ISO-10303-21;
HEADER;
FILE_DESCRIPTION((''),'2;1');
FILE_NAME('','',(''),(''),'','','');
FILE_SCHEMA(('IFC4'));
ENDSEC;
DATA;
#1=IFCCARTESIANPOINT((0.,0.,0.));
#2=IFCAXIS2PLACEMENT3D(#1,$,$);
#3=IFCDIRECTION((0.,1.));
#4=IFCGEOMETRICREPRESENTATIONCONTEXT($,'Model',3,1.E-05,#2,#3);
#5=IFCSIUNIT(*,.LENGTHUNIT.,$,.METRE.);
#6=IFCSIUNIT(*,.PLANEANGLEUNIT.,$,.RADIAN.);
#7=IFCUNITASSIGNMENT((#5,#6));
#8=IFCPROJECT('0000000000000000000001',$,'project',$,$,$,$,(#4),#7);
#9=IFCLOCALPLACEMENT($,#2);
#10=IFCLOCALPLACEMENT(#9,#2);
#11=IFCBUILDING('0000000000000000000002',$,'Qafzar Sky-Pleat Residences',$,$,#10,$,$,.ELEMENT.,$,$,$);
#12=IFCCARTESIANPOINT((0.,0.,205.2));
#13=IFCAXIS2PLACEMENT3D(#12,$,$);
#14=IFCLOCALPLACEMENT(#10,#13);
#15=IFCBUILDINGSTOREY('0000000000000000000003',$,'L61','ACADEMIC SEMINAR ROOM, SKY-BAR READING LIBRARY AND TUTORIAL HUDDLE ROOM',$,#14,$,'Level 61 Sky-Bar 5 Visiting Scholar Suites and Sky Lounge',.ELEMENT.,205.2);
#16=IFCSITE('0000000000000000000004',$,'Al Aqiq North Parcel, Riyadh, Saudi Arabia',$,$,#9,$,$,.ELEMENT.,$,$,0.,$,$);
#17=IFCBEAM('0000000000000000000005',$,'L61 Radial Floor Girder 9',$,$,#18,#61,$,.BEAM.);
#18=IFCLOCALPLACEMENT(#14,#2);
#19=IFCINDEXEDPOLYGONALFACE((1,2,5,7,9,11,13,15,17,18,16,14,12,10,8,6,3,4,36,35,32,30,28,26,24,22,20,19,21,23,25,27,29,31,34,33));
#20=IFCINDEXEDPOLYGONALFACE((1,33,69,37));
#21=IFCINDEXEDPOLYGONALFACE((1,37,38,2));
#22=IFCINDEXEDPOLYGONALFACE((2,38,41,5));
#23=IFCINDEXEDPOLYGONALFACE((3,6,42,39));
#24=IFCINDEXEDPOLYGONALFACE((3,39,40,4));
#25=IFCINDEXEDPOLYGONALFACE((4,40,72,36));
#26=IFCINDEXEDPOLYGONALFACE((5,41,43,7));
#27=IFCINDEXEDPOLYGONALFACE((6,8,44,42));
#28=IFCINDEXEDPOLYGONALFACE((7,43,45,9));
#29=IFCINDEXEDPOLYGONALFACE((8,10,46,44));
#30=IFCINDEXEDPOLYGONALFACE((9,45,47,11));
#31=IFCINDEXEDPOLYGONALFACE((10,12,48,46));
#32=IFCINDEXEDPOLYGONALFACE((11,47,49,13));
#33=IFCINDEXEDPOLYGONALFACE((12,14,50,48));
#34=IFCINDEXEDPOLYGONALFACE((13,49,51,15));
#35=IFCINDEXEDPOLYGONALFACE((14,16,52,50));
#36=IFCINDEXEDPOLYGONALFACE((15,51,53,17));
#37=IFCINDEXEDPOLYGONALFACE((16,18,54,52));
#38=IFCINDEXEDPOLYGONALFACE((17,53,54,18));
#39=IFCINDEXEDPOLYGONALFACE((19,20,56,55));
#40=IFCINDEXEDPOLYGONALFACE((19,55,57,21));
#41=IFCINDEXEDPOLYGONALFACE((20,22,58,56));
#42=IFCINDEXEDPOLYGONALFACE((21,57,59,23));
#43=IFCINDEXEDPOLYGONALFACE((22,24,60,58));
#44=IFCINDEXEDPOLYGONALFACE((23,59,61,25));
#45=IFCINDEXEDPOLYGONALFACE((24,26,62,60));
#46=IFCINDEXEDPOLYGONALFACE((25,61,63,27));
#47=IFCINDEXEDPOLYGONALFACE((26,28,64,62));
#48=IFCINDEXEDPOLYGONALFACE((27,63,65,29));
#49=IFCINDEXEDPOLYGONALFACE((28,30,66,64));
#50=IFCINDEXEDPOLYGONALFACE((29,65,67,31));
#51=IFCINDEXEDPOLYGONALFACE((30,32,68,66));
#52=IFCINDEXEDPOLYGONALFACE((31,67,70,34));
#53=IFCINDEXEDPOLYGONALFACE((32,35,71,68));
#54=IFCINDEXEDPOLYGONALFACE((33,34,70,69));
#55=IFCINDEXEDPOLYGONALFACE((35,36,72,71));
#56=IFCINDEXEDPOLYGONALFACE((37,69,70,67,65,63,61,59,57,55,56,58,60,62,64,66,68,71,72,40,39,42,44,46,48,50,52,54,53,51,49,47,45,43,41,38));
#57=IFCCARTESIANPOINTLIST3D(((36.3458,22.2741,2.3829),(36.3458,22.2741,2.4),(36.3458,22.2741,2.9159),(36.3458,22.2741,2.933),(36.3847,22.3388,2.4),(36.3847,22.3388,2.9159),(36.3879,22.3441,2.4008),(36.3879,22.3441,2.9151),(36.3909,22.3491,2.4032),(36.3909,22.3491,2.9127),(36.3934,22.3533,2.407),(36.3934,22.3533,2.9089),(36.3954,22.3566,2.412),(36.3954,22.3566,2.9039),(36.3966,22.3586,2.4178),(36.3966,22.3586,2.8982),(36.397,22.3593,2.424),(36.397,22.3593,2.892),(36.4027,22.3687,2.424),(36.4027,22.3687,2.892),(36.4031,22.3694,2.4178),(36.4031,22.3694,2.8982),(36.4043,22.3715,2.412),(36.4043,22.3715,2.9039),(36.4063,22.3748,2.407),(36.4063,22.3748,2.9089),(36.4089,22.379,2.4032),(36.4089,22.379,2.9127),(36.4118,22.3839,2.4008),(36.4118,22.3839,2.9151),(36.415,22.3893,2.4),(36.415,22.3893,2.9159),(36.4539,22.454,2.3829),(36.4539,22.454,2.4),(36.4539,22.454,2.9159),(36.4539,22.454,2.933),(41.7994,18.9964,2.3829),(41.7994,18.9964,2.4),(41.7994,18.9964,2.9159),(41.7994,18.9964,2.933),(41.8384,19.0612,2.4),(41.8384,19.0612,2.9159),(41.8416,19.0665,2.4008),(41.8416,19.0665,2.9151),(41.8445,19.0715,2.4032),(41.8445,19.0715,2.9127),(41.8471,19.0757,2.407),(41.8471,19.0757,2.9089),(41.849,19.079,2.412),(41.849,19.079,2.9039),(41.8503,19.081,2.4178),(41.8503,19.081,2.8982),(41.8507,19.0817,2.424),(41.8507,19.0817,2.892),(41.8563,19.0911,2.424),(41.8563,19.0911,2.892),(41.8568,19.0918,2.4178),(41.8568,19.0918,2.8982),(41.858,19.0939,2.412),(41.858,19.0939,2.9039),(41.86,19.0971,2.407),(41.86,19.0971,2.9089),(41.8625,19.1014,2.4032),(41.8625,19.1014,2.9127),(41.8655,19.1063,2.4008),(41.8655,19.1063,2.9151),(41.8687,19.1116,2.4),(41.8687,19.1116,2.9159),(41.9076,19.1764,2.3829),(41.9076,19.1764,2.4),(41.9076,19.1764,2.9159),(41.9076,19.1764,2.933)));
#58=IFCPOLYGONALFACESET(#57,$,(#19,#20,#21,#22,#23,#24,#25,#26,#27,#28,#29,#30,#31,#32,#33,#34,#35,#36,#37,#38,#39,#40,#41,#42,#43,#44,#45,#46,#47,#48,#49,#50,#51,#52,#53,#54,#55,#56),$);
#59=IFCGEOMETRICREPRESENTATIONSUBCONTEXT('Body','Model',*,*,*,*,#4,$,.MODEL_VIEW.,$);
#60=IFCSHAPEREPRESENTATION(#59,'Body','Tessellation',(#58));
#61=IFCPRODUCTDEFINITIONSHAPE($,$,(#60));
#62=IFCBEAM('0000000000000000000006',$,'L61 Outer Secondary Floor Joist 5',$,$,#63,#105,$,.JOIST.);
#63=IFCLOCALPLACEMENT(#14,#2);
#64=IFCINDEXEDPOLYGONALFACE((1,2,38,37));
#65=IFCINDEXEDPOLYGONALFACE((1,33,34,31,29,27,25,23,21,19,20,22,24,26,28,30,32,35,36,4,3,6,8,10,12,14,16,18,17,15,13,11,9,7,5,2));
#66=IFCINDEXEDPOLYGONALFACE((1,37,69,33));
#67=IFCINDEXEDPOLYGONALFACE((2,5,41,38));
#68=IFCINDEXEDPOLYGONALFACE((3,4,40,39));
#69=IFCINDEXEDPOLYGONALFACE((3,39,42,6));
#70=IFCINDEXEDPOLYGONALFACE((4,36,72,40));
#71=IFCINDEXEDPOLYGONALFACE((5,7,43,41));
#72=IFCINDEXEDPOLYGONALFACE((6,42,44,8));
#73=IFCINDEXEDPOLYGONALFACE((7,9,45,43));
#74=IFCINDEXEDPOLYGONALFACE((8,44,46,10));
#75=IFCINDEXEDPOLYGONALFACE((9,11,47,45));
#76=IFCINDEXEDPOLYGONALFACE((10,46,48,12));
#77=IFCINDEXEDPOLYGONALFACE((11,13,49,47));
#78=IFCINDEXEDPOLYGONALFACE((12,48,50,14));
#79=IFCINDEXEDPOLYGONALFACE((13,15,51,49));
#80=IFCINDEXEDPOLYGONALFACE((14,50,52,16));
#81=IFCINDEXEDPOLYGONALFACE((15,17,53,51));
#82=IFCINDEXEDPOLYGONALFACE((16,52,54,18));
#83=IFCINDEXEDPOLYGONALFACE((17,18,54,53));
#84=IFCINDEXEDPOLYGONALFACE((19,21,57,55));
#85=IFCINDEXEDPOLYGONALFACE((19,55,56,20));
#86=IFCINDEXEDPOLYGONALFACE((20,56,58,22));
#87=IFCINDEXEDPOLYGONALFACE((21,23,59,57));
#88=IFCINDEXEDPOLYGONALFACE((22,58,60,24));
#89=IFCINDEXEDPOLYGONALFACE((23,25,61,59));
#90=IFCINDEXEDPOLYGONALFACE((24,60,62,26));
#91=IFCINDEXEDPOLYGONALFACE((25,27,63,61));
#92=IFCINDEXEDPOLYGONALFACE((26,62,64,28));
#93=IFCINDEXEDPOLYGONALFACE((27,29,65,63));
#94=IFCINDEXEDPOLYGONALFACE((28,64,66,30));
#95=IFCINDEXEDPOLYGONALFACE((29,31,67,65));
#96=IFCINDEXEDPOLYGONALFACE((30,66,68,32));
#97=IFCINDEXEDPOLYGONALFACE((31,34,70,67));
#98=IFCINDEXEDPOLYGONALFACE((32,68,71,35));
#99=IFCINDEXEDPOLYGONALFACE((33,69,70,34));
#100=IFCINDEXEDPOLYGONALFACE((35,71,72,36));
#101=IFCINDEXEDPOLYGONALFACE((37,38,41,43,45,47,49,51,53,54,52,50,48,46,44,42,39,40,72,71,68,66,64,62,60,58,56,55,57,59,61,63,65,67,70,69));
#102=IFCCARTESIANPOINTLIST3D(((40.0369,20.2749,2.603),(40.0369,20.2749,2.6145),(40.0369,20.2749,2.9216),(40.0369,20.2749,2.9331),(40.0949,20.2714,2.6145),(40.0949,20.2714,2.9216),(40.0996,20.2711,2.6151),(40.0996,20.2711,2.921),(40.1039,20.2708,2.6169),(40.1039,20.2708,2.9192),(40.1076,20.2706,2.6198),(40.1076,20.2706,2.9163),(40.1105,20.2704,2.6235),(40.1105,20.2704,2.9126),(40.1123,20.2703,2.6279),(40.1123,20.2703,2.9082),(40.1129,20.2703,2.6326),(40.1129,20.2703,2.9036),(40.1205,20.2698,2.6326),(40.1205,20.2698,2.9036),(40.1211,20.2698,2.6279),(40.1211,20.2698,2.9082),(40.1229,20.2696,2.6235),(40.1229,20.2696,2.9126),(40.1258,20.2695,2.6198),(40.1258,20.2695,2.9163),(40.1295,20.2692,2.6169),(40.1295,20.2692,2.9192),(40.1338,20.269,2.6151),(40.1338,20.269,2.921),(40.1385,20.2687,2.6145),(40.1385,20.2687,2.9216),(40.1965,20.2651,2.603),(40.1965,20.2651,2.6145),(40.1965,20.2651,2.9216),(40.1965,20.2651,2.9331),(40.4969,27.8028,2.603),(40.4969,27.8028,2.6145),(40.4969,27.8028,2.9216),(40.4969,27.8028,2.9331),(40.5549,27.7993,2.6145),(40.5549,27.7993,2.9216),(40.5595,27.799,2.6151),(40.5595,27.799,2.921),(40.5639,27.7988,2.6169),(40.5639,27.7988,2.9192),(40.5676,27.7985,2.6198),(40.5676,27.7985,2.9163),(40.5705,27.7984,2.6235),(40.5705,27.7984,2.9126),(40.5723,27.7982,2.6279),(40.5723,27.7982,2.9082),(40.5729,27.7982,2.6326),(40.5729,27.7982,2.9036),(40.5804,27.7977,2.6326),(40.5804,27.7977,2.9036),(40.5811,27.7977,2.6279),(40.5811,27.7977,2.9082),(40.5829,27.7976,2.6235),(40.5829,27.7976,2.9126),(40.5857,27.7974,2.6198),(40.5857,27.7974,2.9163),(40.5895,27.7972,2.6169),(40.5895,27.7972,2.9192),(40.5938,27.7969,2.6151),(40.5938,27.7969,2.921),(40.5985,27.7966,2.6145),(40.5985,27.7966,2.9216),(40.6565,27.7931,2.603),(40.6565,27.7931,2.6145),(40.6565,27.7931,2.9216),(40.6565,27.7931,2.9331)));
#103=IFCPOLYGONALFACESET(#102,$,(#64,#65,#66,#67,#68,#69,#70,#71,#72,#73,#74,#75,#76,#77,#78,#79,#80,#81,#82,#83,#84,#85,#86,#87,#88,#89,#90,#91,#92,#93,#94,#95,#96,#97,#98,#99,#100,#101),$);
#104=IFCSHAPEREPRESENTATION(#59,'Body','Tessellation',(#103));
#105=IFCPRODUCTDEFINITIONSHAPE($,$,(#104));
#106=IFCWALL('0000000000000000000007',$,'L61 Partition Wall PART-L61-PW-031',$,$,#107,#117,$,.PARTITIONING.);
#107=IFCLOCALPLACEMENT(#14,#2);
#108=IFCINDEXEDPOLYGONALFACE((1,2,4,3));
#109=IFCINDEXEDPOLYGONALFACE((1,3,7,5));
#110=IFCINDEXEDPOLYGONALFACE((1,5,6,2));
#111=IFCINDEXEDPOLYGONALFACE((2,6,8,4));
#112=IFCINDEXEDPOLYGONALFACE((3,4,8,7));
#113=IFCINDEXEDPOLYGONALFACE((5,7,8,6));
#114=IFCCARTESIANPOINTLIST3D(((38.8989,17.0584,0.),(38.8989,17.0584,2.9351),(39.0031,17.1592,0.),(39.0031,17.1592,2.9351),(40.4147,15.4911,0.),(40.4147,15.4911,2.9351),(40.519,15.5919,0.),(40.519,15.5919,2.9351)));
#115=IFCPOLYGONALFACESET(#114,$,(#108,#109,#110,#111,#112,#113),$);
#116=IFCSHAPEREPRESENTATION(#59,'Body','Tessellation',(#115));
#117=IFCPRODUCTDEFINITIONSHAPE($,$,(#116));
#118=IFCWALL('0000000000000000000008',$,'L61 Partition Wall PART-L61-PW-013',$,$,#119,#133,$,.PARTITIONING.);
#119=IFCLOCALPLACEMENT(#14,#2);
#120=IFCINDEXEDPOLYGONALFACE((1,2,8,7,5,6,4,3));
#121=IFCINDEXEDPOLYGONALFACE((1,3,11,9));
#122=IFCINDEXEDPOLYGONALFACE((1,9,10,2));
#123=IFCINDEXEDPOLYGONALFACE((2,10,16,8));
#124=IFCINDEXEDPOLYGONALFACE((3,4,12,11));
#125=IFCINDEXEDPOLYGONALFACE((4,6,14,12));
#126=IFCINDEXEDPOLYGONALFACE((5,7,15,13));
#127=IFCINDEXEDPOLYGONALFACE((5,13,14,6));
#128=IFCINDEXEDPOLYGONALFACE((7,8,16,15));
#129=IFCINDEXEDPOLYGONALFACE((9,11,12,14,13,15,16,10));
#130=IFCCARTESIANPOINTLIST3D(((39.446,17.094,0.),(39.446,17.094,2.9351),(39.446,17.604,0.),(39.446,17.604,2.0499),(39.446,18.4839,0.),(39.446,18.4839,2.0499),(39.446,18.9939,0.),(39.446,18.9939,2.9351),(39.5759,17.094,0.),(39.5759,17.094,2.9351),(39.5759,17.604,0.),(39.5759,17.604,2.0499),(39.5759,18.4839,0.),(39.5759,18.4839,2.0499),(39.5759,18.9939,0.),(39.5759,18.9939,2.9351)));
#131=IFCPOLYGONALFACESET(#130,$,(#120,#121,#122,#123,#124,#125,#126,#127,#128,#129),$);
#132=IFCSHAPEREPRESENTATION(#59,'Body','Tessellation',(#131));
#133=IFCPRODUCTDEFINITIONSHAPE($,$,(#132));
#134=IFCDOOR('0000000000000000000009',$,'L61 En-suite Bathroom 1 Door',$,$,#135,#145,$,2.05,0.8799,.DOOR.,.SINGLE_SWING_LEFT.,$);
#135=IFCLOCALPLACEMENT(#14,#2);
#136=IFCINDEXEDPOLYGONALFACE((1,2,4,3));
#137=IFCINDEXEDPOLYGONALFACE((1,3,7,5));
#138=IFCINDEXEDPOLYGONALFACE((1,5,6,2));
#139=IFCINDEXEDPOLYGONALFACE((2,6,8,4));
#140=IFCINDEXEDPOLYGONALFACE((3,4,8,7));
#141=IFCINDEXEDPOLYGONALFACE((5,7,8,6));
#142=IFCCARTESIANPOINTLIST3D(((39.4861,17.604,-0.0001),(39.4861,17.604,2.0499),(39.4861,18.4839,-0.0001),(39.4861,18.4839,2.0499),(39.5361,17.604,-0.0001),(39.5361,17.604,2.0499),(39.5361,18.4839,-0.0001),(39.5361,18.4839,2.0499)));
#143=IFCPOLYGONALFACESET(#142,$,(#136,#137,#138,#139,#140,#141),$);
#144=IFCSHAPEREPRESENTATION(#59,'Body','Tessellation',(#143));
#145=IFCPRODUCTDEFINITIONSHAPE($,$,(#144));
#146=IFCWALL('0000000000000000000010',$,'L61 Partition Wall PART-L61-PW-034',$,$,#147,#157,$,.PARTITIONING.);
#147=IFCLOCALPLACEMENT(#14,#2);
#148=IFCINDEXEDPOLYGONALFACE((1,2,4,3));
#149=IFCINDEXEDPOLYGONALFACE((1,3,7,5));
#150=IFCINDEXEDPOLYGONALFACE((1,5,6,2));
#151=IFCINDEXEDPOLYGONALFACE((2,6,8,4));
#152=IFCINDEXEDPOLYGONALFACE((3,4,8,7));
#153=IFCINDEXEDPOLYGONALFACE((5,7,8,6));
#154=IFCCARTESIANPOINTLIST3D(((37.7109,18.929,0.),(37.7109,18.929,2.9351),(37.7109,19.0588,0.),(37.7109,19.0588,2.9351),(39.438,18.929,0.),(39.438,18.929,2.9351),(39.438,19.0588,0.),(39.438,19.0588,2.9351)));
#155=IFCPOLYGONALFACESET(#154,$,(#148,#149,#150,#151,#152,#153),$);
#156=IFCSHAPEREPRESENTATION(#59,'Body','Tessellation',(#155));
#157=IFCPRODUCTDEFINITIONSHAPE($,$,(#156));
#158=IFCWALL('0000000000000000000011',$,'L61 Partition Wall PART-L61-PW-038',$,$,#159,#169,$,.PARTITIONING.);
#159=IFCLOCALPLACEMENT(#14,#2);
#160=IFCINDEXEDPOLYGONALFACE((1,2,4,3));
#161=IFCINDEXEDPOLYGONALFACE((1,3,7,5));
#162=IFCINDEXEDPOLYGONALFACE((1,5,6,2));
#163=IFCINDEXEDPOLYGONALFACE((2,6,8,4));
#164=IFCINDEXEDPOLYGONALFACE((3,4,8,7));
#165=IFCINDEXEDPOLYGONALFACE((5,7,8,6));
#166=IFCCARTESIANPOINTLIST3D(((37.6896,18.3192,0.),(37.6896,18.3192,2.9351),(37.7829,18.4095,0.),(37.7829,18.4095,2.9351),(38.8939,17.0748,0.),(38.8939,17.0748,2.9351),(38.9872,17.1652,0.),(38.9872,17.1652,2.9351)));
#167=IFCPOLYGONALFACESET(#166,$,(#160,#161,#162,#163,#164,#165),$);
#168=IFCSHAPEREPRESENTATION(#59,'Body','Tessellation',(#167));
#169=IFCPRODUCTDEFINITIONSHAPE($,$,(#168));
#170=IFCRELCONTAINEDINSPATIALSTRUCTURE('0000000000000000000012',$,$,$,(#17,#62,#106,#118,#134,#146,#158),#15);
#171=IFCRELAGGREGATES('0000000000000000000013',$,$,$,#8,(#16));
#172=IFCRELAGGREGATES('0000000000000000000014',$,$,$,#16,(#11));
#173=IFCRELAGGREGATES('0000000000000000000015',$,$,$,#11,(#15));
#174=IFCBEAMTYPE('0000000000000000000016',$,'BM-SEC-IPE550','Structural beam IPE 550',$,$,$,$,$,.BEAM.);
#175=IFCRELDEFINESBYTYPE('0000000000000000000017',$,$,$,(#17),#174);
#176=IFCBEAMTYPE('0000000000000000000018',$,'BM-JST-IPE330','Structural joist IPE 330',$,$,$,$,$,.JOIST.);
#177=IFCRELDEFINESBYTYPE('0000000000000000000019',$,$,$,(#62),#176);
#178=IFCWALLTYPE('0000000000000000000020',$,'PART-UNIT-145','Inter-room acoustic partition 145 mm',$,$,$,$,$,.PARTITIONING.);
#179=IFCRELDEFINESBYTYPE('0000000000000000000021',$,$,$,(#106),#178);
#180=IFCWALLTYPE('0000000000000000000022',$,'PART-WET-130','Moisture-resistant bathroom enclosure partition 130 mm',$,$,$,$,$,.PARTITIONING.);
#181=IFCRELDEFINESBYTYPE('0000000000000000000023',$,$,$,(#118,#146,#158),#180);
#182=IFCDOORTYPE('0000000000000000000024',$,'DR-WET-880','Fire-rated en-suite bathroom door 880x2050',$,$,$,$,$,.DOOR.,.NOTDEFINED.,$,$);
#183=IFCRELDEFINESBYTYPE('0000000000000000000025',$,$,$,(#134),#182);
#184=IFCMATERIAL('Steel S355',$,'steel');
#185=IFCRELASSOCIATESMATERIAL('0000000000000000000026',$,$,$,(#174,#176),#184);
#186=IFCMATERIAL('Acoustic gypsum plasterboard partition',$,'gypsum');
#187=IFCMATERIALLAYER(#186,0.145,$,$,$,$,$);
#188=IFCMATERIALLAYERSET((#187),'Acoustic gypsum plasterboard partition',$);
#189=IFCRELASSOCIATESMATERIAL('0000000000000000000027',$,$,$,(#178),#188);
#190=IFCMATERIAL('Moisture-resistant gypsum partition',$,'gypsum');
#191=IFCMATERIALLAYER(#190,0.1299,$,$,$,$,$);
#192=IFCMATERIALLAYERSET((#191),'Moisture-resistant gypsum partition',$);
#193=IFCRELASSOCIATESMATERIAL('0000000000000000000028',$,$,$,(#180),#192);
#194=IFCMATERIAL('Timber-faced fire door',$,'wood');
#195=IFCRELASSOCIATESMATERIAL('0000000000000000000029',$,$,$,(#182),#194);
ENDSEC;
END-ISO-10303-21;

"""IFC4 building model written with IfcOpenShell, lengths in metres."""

from ifc_helpers import new_model, si_unit, direction, frame, frame_2d, origin, origin_2d, place, context, subcontext, project, spatial, rectangle, i_section, extrude, source, transform, mapped, material, layer, layer_set, material_profile, profile_set, type_object, element, fill, save


model = new_model("IFC4")

# Units and contexts
model_context = context("Model", 3, precision=1e-05, world=origin(), true_north=direction((0.0, 1.0)))
body_context = subcontext(model_context, "Body", "Model", "MODEL_VIEW")
ifc_project = project(units=[si_unit("LENGTHUNIT", "METRE"), si_unit("PLANEANGLEUNIT", "RADIAN")], contexts=[model_context])

# Site, building, storey
site_placement = place(None, origin())
site = spatial("IfcSite", under=ifc_project, at=site_placement, Name="Al Aqiq North Parcel, Riyadh, Saudi Arabia", CompositionType="ELEMENT", RefElevation=0.0)
building_placement = place(site_placement, origin())
building = spatial("IfcBuilding", under=site, at=building_placement, Name="Qafzar Sky-Pleat Residences", CompositionType="ELEMENT")
storey_placement = place(building_placement, frame((0.0, 0.0, 205.2)))
storey = spatial("IfcBuildingStorey", under=building, at=storey_placement, Name="L61", Description="ACADEMIC SEMINAR ROOM, SKY-BAR READING LIBRARY AND TUTORIAL HUDDLE ROOM", LongName="Level 61 Sky-Bar 5 Visiting Scholar Suites and Sky Lounge", CompositionType="ELEMENT", Elevation=205.2)

# Shared definitions
ifc_material_1 = material(Name="Steel S355", Category="steel")

# Beams
ifc_material_profile_1 = material_profile(ifc_material_1, i_section(OverallWidth=0.21, OverallDepth=0.55, WebThickness=0.011, FlangeThickness=0.0171, FilletRadius=0.0239, at=origin_2d()), Name="IPE 550")
ifc_profile_set_1 = profile_set([ifc_material_profile_1], Name="Steel S355")
beam_type_1 = type_object("IfcBeamType", Name="BM-SEC-IPE550", Description="Structural beam IPE 550", PredefinedType="BEAM", material=ifc_profile_set_1)
shared_shape_1 = source(origin(), body_context, "Body", "SweptSolid", [
    extrude(i_section(OverallWidth=0.21, OverallDepth=0.55, WebThickness=0.011, FlangeThickness=0.0171, FilletRadius=0.0239, at=origin_2d()), origin(), (0.0, 0.0, 1.0), 6.3628),
])
beam_1_placement = place(storey_placement, frame((41.8535, 19.0864, 2.658), z_axis=(-0.857117, 0.515122, 0.0), x_axis=(-0.515122, -0.857117, 0.0)))
element("IfcBeam", 1, at=beam_1_placement, inside=storey, type_object=beam_type_1, Name="L61 Radial Floor Girder 9", PredefinedType="BEAM", context=body_context, shape_type="MappedRepresentation", body=[
    mapped(shared_shape_1, transform((0.0, 0.0, 0.0), x_axis=(1.0, 0.0, 0.0), y_axis=(0.0, 1.0, 0.0), z_axis=(0.0, 0.0, 1.0), scale=1.0)),
])
ifc_material_profile_2 = material_profile(ifc_material_1, i_section(OverallWidth=0.1599, OverallDepth=0.3301, WebThickness=0.0076, FlangeThickness=0.0115, FilletRadius=0.0181, at=origin_2d()), Name="IPE 330")
ifc_profile_set_2 = profile_set([ifc_material_profile_2], Name="Steel S355")
beam_type_2 = type_object("IfcBeamType", Name="BM-JST-IPE330", Description="Structural joist IPE 330", PredefinedType="JOIST", material=ifc_profile_set_2)
shared_shape_2 = source(origin(), body_context, "Body", "SweptSolid", [
    extrude(i_section(OverallWidth=0.1599, OverallDepth=0.3301, WebThickness=0.0076, FlangeThickness=0.0115, FilletRadius=0.0181, at=origin_2d()), origin(), (0.0, 0.0, 1.0), 7.542),
])
beam_2_placement = place(storey_placement, frame((40.1167, 20.27, 2.7681), z_axis=(0.060988, 0.998139, 0.0), x_axis=(-0.998139, 0.060988, 0.0)))
element("IfcBeam", 2, at=beam_2_placement, inside=storey, type_object=beam_type_2, Name="L61 Outer Secondary Floor Joist 5", PredefinedType="JOIST", context=body_context, shape_type="MappedRepresentation", body=[
    mapped(shared_shape_2, transform((0.0, 0.0, 0.0), x_axis=(1.0, 0.0, 0.0), y_axis=(0.0, 1.0, 0.0), z_axis=(0.0, 0.0, 1.0), scale=1.0)),
])

# Wall
ifc_material_2 = material(Name="Acoustic gypsum plasterboard partition", Category="gypsum")
ifc_layer_1 = layer(ifc_material_2, 0.145)
ifc_layer_set_1 = layer_set([ifc_layer_1], Name="Acoustic gypsum plasterboard partition")
wall_type_1 = type_object("IfcWallType", Name="PART-UNIT-145", Description="Inter-room acoustic partition 145 mm", PredefinedType="PARTITIONING", material=ifc_layer_set_1)
wall_1_placement = place(storey_placement, frame((38.9509, 17.1089, 0.0), z_axis=(0.0, 0.0, 1.0), x_axis=(0.695196, -0.718821, 0.0)))
element("IfcWall", 3, at=wall_1_placement, inside=storey, type_object=wall_type_1, Name="L61 Partition Wall PART-L61-PW-031", PredefinedType="PARTITIONING", context=body_context, shape_type="SweptSolid", body=[
    extrude(rectangle(XDim=2.1804, YDim=0.145, at=frame_2d((1.0903, 0.0))), origin(), (0.0, 0.0, 1.0), 2.9351),
])

# Wall, opening, door
ifc_material_3 = material(Name="Moisture-resistant gypsum partition", Category="gypsum")
ifc_layer_2 = layer(ifc_material_3, 0.1299)
ifc_layer_set_2 = layer_set([ifc_layer_2], Name="Moisture-resistant gypsum partition")
wall_type_2 = type_object("IfcWallType", Name="PART-WET-130", Description="Moisture-resistant bathroom enclosure partition 130 mm", PredefinedType="PARTITIONING", material=ifc_layer_set_2)
wall_2_placement = place(storey_placement, frame((39.511, 17.094, 0.0), z_axis=(0.0, 0.0, 1.0), x_axis=(0.0, 1.0, 0.0)))
wall_2 = element("IfcWall", 4, at=wall_2_placement, inside=storey, type_object=wall_type_2, Name="L61 Partition Wall PART-L61-PW-013", PredefinedType="PARTITIONING", context=body_context, shape_type="SweptSolid", body=[
    extrude(rectangle(XDim=1.8999, YDim=0.1299, at=frame_2d((0.95, 0.0))), origin(), (0.0, 0.0, 1.0), 2.9351),
])
opening_1_placement = place(wall_2_placement, frame((0.51, 0.0, 0.0)))
opening_1 = element("IfcOpeningElement", 5, at=opening_1_placement, cuts=wall_2, PredefinedType="OPENING", context=body_context, shape_type="SweptSolid", body=[
    extrude(rectangle(XDim=0.8799, YDim=2.05, at=frame_2d((0.4399, 1.0249))), frame((0.0, 0.075, 0.0), z_axis=(0.0, -1.0, 0.0), x_axis=(1.0, 0.0, 0.0)), (0.0, 0.0, 1.0), 0.1499),
])
ifc_material_4 = material(Name="Timber-faced fire door", Category="wood")
door_type = type_object("IfcDoorType", Name="DR-WET-880", Description="Fire-rated en-suite bathroom door 880x2050", OperationType="NOTDEFINED", PredefinedType="DOOR", material=ifc_material_4)
shared_shape_3 = source(origin(), body_context, "Body", "SweptSolid", [
    extrude(rectangle(XDim=0.8799, YDim=2.05, at=frame_2d((0.4399, 1.0249))), frame((0.0, 0.0249, 0.0), z_axis=(0.0, -1.0, 0.0), x_axis=(1.0, 0.0, 0.0)), (0.0, 0.0, 1.0), 0.05),
])
door_placement = place(opening_1_placement, origin())
door = element("IfcDoor", 6, at=door_placement, inside=storey, type_object=door_type, Name="L61 En-suite Bathroom 1 Door", OperationType="SINGLE_SWING_LEFT", OverallHeight=2.05, OverallWidth=0.8799, PredefinedType="DOOR", context=body_context, shape_type="MappedRepresentation", body=[
    mapped(shared_shape_3, transform((0.0, 0.0, 0.0), x_axis=(1.0, 0.0, 0.0), y_axis=(0.0, 1.0, 0.0), z_axis=(0.0, 0.0, 1.0), scale=1.0)),
])
fill(opening_1, door)

# Walls
wall_3_placement = place(storey_placement, frame((37.7109, 18.9939, 0.0), z_axis=(0.0, 0.0, 1.0), x_axis=(1.0, 0.0, 0.0)))
element("IfcWall", 7, at=wall_3_placement, inside=storey, type_object=wall_type_2, Name="L61 Partition Wall PART-L61-PW-034", PredefinedType="PARTITIONING", context=body_context, shape_type="SweptSolid", body=[
    extrude(rectangle(XDim=1.7271, YDim=0.1299, at=frame_2d((0.8635, 0.0))), origin(), (0.0, 0.0, 1.0), 2.9351),
])
wall_4_placement = place(storey_placement, frame((37.7363, 18.3643, 0.0), z_axis=(0.0, 0.0, 1.0), x_axis=(0.695452, -0.718573, 0.0)))
element("IfcWall", 8, at=wall_4_placement, inside=storey, type_object=wall_type_2, Name="L61 Partition Wall PART-L61-PW-038", PredefinedType="PARTITIONING", context=body_context, shape_type="SweptSolid", body=[
    extrude(rectangle(XDim=1.7317, YDim=0.1299, at=frame_2d((0.8657, 0.0))), origin(), (0.0, 0.0, 1.0), 2.9351),
])

save(model, "model.ifc")
